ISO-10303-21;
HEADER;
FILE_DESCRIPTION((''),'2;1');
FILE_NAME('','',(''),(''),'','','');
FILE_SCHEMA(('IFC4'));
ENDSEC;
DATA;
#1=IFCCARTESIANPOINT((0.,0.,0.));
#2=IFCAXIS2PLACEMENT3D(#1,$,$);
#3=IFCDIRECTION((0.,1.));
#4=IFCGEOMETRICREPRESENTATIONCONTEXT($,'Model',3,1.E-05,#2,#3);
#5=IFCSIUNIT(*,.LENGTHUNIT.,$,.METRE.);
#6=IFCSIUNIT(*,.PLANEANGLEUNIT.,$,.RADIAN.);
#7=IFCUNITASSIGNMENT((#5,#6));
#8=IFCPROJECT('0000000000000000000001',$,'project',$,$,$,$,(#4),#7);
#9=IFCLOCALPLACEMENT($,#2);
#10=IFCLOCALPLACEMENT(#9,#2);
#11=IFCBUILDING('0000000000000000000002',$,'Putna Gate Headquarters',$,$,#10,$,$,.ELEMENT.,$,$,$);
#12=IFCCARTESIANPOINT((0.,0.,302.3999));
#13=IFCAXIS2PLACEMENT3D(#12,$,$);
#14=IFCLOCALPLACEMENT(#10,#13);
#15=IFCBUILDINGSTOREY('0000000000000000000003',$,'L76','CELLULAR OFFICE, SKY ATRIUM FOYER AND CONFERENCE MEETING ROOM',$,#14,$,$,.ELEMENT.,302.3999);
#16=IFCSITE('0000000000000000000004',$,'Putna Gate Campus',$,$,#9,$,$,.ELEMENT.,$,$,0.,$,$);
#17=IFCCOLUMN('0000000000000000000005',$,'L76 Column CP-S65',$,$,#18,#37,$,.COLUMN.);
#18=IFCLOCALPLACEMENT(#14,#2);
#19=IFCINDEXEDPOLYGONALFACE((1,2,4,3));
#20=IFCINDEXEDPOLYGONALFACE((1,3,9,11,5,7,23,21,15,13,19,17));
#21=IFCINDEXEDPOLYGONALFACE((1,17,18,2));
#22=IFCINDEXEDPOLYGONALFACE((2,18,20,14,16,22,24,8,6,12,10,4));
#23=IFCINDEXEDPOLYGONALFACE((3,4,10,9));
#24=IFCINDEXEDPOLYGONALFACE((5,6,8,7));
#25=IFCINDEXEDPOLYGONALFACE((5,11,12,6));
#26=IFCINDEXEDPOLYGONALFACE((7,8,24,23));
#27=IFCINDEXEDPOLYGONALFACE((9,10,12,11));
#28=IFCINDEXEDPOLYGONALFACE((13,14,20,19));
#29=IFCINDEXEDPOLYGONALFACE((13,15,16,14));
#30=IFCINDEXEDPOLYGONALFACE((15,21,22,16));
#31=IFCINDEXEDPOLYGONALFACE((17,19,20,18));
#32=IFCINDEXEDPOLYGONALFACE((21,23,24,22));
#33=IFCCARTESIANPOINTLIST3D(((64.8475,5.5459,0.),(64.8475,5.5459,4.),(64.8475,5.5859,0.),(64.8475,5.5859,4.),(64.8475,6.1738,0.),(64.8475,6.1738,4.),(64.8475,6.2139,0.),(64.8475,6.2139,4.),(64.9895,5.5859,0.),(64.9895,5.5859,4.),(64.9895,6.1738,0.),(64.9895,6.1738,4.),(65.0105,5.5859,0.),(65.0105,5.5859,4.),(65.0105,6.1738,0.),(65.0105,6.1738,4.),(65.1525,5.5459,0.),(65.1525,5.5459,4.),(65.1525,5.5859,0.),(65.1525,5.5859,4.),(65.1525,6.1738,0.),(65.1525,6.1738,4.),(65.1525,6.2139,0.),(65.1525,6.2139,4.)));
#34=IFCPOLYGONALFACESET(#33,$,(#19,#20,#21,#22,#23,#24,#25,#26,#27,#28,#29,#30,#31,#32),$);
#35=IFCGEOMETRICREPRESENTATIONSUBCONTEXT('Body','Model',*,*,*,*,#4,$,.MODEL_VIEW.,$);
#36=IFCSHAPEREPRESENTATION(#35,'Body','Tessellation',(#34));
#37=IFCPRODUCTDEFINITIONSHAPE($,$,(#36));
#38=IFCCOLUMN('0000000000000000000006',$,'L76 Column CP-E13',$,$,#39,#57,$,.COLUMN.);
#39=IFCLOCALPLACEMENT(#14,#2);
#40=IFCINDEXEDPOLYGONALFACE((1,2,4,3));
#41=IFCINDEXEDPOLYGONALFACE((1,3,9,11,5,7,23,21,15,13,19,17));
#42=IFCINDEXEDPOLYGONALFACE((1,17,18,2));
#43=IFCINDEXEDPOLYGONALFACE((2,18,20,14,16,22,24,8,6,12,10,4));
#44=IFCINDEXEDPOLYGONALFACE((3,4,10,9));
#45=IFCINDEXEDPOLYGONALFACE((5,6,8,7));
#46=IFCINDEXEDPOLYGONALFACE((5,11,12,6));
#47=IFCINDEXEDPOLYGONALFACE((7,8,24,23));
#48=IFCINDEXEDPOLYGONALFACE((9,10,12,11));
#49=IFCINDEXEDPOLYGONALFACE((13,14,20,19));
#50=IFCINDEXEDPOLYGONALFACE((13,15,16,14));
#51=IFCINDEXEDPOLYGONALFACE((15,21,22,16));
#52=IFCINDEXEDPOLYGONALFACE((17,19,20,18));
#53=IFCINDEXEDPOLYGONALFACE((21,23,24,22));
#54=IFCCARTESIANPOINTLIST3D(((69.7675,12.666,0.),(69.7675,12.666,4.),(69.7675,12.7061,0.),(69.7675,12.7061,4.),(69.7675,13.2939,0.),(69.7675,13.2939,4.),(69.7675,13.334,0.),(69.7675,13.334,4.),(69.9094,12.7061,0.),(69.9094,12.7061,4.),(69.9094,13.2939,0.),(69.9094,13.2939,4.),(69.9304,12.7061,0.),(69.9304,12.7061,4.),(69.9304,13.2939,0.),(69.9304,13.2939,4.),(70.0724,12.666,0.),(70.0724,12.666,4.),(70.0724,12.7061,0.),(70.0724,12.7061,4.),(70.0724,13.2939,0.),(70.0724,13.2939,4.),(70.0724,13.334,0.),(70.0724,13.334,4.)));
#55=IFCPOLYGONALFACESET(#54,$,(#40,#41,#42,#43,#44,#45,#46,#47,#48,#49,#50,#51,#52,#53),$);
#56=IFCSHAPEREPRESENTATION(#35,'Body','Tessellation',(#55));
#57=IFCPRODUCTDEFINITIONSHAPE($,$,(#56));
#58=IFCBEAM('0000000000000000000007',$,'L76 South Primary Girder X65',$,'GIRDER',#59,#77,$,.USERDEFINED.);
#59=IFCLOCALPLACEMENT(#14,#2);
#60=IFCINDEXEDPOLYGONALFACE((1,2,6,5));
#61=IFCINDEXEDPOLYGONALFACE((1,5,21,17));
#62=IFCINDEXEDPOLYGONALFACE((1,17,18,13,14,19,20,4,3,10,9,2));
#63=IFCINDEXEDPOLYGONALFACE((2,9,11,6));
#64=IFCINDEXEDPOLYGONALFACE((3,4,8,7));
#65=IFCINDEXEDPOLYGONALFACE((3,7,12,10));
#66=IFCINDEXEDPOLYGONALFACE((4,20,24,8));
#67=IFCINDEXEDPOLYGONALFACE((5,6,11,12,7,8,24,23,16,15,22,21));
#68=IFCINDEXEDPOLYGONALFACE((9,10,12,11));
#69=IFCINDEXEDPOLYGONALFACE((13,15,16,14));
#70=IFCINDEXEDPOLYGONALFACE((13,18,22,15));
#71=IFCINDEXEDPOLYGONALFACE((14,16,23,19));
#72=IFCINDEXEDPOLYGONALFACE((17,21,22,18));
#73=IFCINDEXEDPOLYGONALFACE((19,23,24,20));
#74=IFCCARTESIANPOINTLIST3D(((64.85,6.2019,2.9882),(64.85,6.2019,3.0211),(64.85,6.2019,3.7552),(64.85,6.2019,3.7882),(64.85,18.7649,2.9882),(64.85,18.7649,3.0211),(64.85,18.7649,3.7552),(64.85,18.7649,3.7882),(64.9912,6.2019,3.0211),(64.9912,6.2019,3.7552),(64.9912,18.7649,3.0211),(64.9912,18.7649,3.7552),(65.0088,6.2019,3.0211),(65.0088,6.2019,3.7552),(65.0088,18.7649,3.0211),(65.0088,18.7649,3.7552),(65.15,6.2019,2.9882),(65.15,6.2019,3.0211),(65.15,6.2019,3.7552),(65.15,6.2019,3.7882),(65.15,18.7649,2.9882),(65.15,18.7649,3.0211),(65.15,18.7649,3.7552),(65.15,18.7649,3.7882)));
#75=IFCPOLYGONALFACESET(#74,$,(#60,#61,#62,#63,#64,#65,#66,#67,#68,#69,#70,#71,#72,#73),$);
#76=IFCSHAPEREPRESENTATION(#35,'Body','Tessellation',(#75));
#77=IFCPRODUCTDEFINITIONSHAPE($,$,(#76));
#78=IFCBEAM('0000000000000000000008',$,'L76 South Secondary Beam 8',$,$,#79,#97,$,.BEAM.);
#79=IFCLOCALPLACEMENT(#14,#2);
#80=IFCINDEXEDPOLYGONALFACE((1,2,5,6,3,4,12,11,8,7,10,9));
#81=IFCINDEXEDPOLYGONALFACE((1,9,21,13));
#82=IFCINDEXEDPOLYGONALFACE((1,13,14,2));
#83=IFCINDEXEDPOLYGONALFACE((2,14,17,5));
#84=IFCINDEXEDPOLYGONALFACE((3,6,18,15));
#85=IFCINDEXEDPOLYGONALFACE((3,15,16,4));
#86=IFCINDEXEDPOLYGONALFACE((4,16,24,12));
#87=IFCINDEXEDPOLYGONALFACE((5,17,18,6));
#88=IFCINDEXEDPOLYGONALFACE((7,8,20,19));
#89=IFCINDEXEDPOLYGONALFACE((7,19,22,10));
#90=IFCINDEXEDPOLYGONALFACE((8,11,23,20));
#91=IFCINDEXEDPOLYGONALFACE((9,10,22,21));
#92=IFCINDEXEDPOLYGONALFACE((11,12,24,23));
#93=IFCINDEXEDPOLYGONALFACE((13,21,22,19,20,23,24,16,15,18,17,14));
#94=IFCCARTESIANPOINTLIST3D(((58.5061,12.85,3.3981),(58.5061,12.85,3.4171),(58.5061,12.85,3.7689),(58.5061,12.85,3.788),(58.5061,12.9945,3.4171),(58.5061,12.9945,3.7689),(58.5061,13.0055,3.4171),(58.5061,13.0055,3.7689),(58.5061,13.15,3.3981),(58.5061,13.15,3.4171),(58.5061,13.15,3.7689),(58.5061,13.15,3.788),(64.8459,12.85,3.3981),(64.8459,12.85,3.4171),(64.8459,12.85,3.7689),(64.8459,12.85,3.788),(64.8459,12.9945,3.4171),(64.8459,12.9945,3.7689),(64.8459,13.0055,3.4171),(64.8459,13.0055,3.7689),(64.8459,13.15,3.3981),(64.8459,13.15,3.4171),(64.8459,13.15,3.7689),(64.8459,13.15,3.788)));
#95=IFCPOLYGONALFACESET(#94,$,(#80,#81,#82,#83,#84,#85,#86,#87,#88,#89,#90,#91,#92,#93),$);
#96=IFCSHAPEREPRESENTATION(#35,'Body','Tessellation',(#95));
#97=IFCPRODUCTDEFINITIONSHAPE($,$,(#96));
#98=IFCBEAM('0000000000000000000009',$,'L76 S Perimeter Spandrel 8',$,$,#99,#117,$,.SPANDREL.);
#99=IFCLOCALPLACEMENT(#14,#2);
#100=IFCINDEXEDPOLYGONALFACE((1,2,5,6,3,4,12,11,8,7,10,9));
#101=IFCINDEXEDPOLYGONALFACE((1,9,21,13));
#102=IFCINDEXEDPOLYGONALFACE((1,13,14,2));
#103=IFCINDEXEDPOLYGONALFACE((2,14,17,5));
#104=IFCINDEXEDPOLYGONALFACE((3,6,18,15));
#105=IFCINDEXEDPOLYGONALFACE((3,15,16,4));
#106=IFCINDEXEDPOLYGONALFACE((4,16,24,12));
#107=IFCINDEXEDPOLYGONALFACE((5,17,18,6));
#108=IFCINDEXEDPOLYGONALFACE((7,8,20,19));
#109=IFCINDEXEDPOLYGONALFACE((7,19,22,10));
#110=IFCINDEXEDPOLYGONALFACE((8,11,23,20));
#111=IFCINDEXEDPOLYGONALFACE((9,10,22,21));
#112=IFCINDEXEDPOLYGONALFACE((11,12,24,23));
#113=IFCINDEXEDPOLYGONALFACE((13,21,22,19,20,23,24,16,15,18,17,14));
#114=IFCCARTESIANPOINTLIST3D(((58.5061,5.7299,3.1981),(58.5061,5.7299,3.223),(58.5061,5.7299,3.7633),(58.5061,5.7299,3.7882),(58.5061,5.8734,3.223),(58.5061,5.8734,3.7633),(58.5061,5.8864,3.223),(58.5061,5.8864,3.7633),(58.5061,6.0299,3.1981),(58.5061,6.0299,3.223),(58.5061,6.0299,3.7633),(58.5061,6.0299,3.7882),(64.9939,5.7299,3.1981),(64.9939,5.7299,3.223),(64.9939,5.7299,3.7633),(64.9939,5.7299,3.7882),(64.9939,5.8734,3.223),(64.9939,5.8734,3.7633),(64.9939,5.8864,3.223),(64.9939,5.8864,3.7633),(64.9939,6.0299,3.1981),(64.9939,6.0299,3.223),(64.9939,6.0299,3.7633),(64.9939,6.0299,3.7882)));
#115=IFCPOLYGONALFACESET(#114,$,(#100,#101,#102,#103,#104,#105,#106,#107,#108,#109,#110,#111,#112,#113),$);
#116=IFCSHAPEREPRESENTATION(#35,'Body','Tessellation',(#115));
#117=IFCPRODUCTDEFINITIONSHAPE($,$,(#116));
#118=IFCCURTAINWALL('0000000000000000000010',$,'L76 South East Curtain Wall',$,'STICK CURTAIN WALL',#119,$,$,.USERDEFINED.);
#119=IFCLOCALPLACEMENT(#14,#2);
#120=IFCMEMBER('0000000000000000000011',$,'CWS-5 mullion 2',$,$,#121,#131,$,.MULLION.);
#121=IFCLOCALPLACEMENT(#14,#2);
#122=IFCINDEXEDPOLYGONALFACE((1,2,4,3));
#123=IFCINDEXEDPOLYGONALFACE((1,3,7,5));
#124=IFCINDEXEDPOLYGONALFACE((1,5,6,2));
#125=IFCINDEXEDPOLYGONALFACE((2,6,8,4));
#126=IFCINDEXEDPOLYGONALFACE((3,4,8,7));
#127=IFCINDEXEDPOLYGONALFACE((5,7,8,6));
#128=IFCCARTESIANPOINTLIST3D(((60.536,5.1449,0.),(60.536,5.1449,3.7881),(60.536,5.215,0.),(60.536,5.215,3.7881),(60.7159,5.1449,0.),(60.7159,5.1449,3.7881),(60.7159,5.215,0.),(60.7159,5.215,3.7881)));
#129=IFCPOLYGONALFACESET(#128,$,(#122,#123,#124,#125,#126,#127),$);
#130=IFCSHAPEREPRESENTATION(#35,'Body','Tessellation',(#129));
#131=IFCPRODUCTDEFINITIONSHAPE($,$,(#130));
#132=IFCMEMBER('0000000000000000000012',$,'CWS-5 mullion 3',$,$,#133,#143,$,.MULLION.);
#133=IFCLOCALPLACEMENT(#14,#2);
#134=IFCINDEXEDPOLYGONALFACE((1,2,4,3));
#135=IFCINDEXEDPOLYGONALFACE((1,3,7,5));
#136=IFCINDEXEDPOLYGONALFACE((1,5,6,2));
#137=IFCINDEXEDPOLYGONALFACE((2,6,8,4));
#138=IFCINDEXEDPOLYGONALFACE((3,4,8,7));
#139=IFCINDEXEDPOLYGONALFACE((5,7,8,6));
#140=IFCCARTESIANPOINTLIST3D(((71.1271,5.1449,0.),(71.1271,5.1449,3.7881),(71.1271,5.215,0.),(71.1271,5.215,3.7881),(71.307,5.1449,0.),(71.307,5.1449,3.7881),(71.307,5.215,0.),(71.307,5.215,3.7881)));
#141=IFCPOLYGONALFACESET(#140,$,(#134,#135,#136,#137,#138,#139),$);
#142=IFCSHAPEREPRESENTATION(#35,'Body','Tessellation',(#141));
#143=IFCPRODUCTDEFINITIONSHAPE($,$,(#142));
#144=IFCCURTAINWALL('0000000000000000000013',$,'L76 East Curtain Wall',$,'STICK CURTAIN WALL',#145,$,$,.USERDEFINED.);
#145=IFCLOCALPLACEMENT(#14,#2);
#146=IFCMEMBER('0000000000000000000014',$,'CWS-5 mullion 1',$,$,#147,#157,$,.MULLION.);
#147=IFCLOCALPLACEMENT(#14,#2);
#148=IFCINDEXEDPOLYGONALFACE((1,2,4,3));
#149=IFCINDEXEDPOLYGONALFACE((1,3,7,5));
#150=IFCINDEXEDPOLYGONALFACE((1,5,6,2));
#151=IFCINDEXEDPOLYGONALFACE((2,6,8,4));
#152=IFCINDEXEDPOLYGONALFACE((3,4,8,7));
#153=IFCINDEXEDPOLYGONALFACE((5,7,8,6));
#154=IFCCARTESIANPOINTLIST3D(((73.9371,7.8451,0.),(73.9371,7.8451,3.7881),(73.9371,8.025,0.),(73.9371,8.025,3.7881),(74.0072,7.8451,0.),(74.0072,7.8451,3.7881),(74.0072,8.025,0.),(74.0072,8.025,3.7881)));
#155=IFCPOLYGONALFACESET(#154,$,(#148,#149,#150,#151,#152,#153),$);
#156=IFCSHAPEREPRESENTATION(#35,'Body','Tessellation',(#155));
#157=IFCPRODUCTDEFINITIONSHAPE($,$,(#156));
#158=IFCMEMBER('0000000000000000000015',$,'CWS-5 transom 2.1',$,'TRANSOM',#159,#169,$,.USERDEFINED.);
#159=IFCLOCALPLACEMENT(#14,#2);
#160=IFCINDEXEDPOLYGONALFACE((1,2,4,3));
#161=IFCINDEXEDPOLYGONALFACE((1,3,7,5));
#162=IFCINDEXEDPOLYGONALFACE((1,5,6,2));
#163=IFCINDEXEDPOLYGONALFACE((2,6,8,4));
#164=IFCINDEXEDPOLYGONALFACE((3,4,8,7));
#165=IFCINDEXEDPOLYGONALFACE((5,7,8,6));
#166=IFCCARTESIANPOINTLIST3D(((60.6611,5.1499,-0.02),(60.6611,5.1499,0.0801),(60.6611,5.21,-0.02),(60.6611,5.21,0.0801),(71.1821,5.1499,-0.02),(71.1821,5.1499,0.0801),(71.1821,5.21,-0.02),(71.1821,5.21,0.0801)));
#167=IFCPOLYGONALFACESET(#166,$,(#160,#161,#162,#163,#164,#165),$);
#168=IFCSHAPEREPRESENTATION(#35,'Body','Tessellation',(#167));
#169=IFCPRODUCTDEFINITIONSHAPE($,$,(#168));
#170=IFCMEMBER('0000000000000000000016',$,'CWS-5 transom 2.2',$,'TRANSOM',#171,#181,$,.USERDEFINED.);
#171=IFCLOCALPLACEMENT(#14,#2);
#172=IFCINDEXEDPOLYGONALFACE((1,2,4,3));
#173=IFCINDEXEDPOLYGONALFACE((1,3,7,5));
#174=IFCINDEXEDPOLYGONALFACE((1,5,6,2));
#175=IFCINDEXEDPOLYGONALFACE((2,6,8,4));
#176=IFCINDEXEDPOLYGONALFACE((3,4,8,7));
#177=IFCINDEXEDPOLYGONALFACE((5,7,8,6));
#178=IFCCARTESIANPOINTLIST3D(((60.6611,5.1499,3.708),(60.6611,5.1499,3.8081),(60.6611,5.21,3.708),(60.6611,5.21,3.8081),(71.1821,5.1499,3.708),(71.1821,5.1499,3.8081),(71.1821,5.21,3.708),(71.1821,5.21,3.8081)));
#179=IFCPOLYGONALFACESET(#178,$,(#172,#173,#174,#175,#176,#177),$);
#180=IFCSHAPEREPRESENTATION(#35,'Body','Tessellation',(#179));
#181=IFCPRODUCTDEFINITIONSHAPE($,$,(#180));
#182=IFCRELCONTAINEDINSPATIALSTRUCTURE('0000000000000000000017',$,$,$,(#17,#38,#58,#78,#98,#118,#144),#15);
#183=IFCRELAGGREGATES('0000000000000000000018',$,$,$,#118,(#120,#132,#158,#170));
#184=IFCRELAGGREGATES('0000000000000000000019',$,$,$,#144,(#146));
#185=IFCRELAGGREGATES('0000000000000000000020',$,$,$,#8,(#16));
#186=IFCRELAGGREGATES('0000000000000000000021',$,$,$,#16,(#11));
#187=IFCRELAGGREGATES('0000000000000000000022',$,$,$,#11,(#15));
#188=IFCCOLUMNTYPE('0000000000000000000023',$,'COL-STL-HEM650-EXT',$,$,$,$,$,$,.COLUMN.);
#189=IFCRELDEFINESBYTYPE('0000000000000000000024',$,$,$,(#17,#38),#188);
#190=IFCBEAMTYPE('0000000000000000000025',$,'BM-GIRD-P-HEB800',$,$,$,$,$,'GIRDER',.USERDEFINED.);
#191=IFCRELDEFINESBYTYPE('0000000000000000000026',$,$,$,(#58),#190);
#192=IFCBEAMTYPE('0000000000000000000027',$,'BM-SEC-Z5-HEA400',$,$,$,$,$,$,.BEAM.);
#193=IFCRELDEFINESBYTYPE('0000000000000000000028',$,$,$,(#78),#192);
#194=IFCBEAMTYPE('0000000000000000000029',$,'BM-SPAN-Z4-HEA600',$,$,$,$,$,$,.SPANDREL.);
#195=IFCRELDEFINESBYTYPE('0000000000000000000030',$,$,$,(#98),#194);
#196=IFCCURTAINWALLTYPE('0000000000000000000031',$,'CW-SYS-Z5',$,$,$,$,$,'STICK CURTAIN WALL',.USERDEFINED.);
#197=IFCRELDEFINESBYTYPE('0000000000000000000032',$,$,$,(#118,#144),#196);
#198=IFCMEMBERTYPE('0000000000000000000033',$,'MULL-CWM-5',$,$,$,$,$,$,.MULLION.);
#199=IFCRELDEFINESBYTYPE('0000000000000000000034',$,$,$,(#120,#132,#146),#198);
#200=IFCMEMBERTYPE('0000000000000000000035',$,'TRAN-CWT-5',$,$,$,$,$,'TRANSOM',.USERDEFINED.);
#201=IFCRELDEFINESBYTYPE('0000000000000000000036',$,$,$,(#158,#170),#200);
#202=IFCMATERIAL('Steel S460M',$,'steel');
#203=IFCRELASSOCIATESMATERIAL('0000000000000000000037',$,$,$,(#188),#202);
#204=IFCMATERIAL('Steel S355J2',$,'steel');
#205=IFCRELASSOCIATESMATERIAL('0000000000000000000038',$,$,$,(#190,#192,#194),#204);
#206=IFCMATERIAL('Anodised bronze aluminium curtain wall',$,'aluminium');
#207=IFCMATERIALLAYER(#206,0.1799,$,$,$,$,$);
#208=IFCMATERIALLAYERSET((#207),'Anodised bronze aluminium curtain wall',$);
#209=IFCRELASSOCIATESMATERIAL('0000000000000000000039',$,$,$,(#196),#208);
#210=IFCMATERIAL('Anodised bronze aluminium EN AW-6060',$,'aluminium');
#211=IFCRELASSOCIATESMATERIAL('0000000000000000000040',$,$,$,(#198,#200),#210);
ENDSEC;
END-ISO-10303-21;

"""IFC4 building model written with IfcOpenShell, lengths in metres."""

from ifc_helpers import new_model, si_unit, direction, frame, origin, origin_2d, place, context, subcontext, project, spatial, rectangle, i_section, extrude, material, layer, layer_set, material_profile, profile_set, type_object, element, aggregate, save


model = new_model("IFC4")

# Units and contexts
model_context = context("Model", 3, precision=1e-05, world=origin(), true_north=direction((0.0, 1.0)))
body_context = subcontext(model_context, "Body", "Model", "MODEL_VIEW")
ifc_project = project(units=[si_unit("LENGTHUNIT", "METRE"), si_unit("PLANEANGLEUNIT", "RADIAN")], contexts=[model_context])

# Site, building, storey
site_placement = place(None, origin())
site = spatial("IfcSite", under=ifc_project, at=site_placement, Name="Putna Gate Campus", CompositionType="ELEMENT", RefElevation=0.0)
building_placement = place(site_placement, origin())
building = spatial("IfcBuilding", under=site, at=building_placement, Name="Putna Gate Headquarters", CompositionType="ELEMENT")
storey_placement = place(building_placement, frame((0.0, 0.0, 302.3999)))
storey = spatial("IfcBuildingStorey", under=building, at=storey_placement, Name="L76", Description="CELLULAR OFFICE, SKY ATRIUM FOYER AND CONFERENCE MEETING ROOM", CompositionType="ELEMENT", Elevation=302.3999)

# Columns
ifc_material_1 = material(Name="Steel S460M", Category="steel")
ifc_material_profile_1 = material_profile(ifc_material_1, i_section(OverallWidth=0.3049, OverallDepth=0.668, WebThickness=0.021, FlangeThickness=0.04, at=origin_2d()), Name="Steel S460M")
ifc_profile_set_1 = profile_set([ifc_material_profile_1], Name="Steel S460M")
column_type = type_object("IfcColumnType", Name="COL-STL-HEM650-EXT", PredefinedType="COLUMN", material=ifc_profile_set_1)
for number, where, z_axis, x_axis, name in (
    (1, (65.0, 5.8799, 0.0), (0.0, 0.0, 1.0), (1.0, 0.0, 0.0), "L76 Column CP-S65"),
    (2, (69.9199, 13.0, 0.0), (0.0, 0.0, 1.0), (1.0, 0.0, 0.0), "L76 Column CP-E13"),
):
    element("IfcColumn", number, at=place(storey_placement, frame(where, z_axis=z_axis, x_axis=x_axis)), inside=storey, type_object=column_type, Name=name, PredefinedType="COLUMN", context=body_context, shape_type="SweptSolid", body=[
        extrude(i_section(OverallWidth=0.3049, OverallDepth=0.668, WebThickness=0.021, FlangeThickness=0.04, at=origin_2d()), origin(), (0.0, 0.0, 1.0), 4.0),
    ])

# Beams
ifc_material_2 = material(Name="Steel S355J2", Category="steel")
ifc_material_profile_2 = material_profile(ifc_material_2, i_section(OverallWidth=0.3, OverallDepth=0.8, WebThickness=0.0176, FlangeThickness=0.033, at=origin_2d()), Name="Steel S355J2")
ifc_profile_set_2 = profile_set([ifc_material_profile_2], Name="Steel S355J2")
beam_type_1 = type_object("IfcBeamType", Name="BM-GIRD-P-HEB800", ElementType="GIRDER", PredefinedType="USERDEFINED", material=ifc_profile_set_2)
beam_1_placement = place(storey_placement, frame((65.0, 6.2019, 3.3882), z_axis=(0.0, 1.0, 0.0), x_axis=(-1.0, 0.0, 0.0)))
element("IfcBeam", 3, at=beam_1_placement, inside=storey, type_object=beam_type_1, Name="L76 South Primary Girder X65", ObjectType="GIRDER", PredefinedType="USERDEFINED", context=body_context, shape_type="SweptSolid", body=[
    extrude(i_section(OverallWidth=0.3, OverallDepth=0.8, WebThickness=0.0176, FlangeThickness=0.033, at=origin_2d()), origin(), (0.0, 0.0, 1.0), 12.563),
])
ifc_material_profile_3 = material_profile(ifc_material_2, i_section(OverallWidth=0.3, OverallDepth=0.3899, WebThickness=0.011, FlangeThickness=0.019, at=origin_2d()), Name="Steel S355J2")
ifc_profile_set_3 = profile_set([ifc_material_profile_3], Name="Steel S355J2")
beam_type_2 = type_object("IfcBeamType", Name="BM-SEC-Z5-HEA400", PredefinedType="BEAM", material=ifc_profile_set_3)
beam_2_placement = place(storey_placement, frame((58.5061, 13.0, 3.593), z_axis=(1.0, 0.0, 0.0), x_axis=(0.0, 1.0, 0.0)))
element("IfcBeam", 4, at=beam_2_placement, inside=storey, type_object=beam_type_2, Name="L76 South Secondary Beam 8", PredefinedType="BEAM", context=body_context, shape_type="SweptSolid", body=[
    extrude(i_section(OverallWidth=0.3, OverallDepth=0.3899, WebThickness=0.011, FlangeThickness=0.019, at=origin_2d()), origin(), (0.0, 0.0, 1.0), 6.3398),
])
ifc_material_profile_4 = material_profile(ifc_material_2, i_section(OverallWidth=0.3, OverallDepth=0.5901, WebThickness=0.0129, FlangeThickness=0.0249, at=origin_2d()), Name="Steel S355J2")
ifc_profile_set_4 = profile_set([ifc_material_profile_4], Name="Steel S355J2")
beam_type_3 = type_object("IfcBeamType", Name="BM-SPAN-Z4-HEA600", PredefinedType="SPANDREL", material=ifc_profile_set_4)
beam_3_placement = place(storey_placement, frame((58.5061, 5.8799, 3.4932), z_axis=(1.0, 0.0, 0.0), x_axis=(0.0, 1.0, 0.0)))
element("IfcBeam", 5, at=beam_3_placement, inside=storey, type_object=beam_type_3, Name="L76 S Perimeter Spandrel 8", PredefinedType="SPANDREL", context=body_context, shape_type="SweptSolid", body=[
    extrude(i_section(OverallWidth=0.3, OverallDepth=0.5901, WebThickness=0.0129, FlangeThickness=0.0249, at=origin_2d()), origin(), (0.0, 0.0, 1.0), 6.4878),
])

# Curtain wall, members
ifc_material_3 = material(Name="Anodised bronze aluminium curtain wall", Category="aluminium")
ifc_layer_1 = layer(ifc_material_3, 0.1799)
ifc_layer_set_1 = layer_set([ifc_layer_1], Name="Anodised bronze aluminium curtain wall")
curtain_wall_type = type_object("IfcCurtainWallType", Name="CW-SYS-Z5", ElementType="STICK CURTAIN WALL", PredefinedType="USERDEFINED", material=ifc_layer_set_1)
curtain_wall_1_placement = place(storey_placement, origin())
curtain_wall_1 = element("IfcCurtainWall", 6, at=curtain_wall_1_placement, inside=storey, type_object=curtain_wall_type, Name="L76 South East Curtain Wall", ObjectType="STICK CURTAIN WALL", PredefinedType="USERDEFINED")
ifc_material_4 = material(Name="Anodised bronze aluminium EN AW-6060", Category="aluminium")
ifc_material_profile_5 = material_profile(ifc_material_4, rectangle(XDim=0.0701, YDim=0.1799, at=origin_2d()), Name="Anodised bronze aluminium EN AW-6060")
ifc_profile_set_5 = profile_set([ifc_material_profile_5], Name="Anodised bronze aluminium EN AW-6060")
member_type_1 = type_object("IfcMemberType", Name="MULL-CWM-5", PredefinedType="MULLION", material=ifc_profile_set_5)
member_1_placement = place(storey_placement, frame((60.626, 5.1799, 0.0), z_axis=(0.0, 0.0, 1.0), x_axis=(0.0, 1.0, 0.0)))
member_1 = element("IfcMember", 7, at=member_1_placement, type_object=member_type_1, Name="CWS-5 mullion 2", PredefinedType="MULLION", context=body_context, shape_type="SweptSolid", body=[
    extrude(rectangle(XDim=0.0701, YDim=0.1799, at=origin_2d()), origin(), (0.0, 0.0, 1.0), 3.7881),
])
member_2_placement = place(storey_placement, frame((71.217, 5.1799, 0.0), z_axis=(0.0, 0.0, 1.0), x_axis=(0.0, 1.0, 0.0)))
member_2 = element("IfcMember", 8, at=member_2_placement, type_object=member_type_1, Name="CWS-5 mullion 3", PredefinedType="MULLION", context=body_context, shape_type="SweptSolid", body=[
    extrude(rectangle(XDim=0.0701, YDim=0.1799, at=origin_2d()), origin(), (0.0, 0.0, 1.0), 3.7881),
])

# Curtain wall, member
curtain_wall_2_placement = place(storey_placement, origin())
curtain_wall_2 = element("IfcCurtainWall", 9, at=curtain_wall_2_placement, inside=storey, type_object=curtain_wall_type, Name="L76 East Curtain Wall", ObjectType="STICK CURTAIN WALL", PredefinedType="USERDEFINED")
member_3_placement = place(storey_placement, frame((73.9722, 7.9351, 0.0), z_axis=(0.0, 0.0, 1.0), x_axis=(-1.0, 0.0, 0.0)))
member_3 = element("IfcMember", 10, at=member_3_placement, type_object=member_type_1, Name="CWS-5 mullion 1", PredefinedType="MULLION", context=body_context, shape_type="SweptSolid", body=[
    extrude(rectangle(XDim=0.0701, YDim=0.1799, at=origin_2d()), origin(), (0.0, 0.0, 1.0), 3.7881),
])

# Members
ifc_material_profile_6 = material_profile(ifc_material_4, rectangle(XDim=0.0601, YDim=0.1001, at=origin_2d()), Name="Anodised bronze aluminium EN AW-6060")
ifc_profile_set_6 = profile_set([ifc_material_profile_6], Name="Anodised bronze aluminium EN AW-6060")
member_type_2 = type_object("IfcMemberType", Name="TRAN-CWT-5", ElementType="TRANSOM", PredefinedType="USERDEFINED", material=ifc_profile_set_6)
member_4_placement = place(storey_placement, frame((60.6611, 5.1799, 0.03), z_axis=(1.0, 0.0, 0.0), x_axis=(0.0, 1.0, 0.0)))
member_4 = element("IfcMember", 11, at=member_4_placement, type_object=member_type_2, Name="CWS-5 transom 2.1", ObjectType="TRANSOM", PredefinedType="USERDEFINED", context=body_context, shape_type="SweptSolid", body=[
    extrude(rectangle(XDim=0.0601, YDim=0.1001, at=origin_2d()), origin(), (0.0, 0.0, 1.0), 10.521),
])
member_5_placement = place(storey_placement, frame((60.6611, 5.1799, 3.7581), z_axis=(1.0, 0.0, 0.0), x_axis=(0.0, 1.0, 0.0)))
member_5 = element("IfcMember", 12, at=member_5_placement, type_object=member_type_2, Name="CWS-5 transom 2.2", ObjectType="TRANSOM", PredefinedType="USERDEFINED", context=body_context, shape_type="SweptSolid", body=[
    extrude(rectangle(XDim=0.0601, YDim=0.1001, at=origin_2d()), origin(), (0.0, 0.0, 1.0), 10.521),
])

aggregate(curtain_wall_1, [member_1, member_2, member_4, member_5])
aggregate(curtain_wall_2, [member_3])

save(model, "model.ifc")
